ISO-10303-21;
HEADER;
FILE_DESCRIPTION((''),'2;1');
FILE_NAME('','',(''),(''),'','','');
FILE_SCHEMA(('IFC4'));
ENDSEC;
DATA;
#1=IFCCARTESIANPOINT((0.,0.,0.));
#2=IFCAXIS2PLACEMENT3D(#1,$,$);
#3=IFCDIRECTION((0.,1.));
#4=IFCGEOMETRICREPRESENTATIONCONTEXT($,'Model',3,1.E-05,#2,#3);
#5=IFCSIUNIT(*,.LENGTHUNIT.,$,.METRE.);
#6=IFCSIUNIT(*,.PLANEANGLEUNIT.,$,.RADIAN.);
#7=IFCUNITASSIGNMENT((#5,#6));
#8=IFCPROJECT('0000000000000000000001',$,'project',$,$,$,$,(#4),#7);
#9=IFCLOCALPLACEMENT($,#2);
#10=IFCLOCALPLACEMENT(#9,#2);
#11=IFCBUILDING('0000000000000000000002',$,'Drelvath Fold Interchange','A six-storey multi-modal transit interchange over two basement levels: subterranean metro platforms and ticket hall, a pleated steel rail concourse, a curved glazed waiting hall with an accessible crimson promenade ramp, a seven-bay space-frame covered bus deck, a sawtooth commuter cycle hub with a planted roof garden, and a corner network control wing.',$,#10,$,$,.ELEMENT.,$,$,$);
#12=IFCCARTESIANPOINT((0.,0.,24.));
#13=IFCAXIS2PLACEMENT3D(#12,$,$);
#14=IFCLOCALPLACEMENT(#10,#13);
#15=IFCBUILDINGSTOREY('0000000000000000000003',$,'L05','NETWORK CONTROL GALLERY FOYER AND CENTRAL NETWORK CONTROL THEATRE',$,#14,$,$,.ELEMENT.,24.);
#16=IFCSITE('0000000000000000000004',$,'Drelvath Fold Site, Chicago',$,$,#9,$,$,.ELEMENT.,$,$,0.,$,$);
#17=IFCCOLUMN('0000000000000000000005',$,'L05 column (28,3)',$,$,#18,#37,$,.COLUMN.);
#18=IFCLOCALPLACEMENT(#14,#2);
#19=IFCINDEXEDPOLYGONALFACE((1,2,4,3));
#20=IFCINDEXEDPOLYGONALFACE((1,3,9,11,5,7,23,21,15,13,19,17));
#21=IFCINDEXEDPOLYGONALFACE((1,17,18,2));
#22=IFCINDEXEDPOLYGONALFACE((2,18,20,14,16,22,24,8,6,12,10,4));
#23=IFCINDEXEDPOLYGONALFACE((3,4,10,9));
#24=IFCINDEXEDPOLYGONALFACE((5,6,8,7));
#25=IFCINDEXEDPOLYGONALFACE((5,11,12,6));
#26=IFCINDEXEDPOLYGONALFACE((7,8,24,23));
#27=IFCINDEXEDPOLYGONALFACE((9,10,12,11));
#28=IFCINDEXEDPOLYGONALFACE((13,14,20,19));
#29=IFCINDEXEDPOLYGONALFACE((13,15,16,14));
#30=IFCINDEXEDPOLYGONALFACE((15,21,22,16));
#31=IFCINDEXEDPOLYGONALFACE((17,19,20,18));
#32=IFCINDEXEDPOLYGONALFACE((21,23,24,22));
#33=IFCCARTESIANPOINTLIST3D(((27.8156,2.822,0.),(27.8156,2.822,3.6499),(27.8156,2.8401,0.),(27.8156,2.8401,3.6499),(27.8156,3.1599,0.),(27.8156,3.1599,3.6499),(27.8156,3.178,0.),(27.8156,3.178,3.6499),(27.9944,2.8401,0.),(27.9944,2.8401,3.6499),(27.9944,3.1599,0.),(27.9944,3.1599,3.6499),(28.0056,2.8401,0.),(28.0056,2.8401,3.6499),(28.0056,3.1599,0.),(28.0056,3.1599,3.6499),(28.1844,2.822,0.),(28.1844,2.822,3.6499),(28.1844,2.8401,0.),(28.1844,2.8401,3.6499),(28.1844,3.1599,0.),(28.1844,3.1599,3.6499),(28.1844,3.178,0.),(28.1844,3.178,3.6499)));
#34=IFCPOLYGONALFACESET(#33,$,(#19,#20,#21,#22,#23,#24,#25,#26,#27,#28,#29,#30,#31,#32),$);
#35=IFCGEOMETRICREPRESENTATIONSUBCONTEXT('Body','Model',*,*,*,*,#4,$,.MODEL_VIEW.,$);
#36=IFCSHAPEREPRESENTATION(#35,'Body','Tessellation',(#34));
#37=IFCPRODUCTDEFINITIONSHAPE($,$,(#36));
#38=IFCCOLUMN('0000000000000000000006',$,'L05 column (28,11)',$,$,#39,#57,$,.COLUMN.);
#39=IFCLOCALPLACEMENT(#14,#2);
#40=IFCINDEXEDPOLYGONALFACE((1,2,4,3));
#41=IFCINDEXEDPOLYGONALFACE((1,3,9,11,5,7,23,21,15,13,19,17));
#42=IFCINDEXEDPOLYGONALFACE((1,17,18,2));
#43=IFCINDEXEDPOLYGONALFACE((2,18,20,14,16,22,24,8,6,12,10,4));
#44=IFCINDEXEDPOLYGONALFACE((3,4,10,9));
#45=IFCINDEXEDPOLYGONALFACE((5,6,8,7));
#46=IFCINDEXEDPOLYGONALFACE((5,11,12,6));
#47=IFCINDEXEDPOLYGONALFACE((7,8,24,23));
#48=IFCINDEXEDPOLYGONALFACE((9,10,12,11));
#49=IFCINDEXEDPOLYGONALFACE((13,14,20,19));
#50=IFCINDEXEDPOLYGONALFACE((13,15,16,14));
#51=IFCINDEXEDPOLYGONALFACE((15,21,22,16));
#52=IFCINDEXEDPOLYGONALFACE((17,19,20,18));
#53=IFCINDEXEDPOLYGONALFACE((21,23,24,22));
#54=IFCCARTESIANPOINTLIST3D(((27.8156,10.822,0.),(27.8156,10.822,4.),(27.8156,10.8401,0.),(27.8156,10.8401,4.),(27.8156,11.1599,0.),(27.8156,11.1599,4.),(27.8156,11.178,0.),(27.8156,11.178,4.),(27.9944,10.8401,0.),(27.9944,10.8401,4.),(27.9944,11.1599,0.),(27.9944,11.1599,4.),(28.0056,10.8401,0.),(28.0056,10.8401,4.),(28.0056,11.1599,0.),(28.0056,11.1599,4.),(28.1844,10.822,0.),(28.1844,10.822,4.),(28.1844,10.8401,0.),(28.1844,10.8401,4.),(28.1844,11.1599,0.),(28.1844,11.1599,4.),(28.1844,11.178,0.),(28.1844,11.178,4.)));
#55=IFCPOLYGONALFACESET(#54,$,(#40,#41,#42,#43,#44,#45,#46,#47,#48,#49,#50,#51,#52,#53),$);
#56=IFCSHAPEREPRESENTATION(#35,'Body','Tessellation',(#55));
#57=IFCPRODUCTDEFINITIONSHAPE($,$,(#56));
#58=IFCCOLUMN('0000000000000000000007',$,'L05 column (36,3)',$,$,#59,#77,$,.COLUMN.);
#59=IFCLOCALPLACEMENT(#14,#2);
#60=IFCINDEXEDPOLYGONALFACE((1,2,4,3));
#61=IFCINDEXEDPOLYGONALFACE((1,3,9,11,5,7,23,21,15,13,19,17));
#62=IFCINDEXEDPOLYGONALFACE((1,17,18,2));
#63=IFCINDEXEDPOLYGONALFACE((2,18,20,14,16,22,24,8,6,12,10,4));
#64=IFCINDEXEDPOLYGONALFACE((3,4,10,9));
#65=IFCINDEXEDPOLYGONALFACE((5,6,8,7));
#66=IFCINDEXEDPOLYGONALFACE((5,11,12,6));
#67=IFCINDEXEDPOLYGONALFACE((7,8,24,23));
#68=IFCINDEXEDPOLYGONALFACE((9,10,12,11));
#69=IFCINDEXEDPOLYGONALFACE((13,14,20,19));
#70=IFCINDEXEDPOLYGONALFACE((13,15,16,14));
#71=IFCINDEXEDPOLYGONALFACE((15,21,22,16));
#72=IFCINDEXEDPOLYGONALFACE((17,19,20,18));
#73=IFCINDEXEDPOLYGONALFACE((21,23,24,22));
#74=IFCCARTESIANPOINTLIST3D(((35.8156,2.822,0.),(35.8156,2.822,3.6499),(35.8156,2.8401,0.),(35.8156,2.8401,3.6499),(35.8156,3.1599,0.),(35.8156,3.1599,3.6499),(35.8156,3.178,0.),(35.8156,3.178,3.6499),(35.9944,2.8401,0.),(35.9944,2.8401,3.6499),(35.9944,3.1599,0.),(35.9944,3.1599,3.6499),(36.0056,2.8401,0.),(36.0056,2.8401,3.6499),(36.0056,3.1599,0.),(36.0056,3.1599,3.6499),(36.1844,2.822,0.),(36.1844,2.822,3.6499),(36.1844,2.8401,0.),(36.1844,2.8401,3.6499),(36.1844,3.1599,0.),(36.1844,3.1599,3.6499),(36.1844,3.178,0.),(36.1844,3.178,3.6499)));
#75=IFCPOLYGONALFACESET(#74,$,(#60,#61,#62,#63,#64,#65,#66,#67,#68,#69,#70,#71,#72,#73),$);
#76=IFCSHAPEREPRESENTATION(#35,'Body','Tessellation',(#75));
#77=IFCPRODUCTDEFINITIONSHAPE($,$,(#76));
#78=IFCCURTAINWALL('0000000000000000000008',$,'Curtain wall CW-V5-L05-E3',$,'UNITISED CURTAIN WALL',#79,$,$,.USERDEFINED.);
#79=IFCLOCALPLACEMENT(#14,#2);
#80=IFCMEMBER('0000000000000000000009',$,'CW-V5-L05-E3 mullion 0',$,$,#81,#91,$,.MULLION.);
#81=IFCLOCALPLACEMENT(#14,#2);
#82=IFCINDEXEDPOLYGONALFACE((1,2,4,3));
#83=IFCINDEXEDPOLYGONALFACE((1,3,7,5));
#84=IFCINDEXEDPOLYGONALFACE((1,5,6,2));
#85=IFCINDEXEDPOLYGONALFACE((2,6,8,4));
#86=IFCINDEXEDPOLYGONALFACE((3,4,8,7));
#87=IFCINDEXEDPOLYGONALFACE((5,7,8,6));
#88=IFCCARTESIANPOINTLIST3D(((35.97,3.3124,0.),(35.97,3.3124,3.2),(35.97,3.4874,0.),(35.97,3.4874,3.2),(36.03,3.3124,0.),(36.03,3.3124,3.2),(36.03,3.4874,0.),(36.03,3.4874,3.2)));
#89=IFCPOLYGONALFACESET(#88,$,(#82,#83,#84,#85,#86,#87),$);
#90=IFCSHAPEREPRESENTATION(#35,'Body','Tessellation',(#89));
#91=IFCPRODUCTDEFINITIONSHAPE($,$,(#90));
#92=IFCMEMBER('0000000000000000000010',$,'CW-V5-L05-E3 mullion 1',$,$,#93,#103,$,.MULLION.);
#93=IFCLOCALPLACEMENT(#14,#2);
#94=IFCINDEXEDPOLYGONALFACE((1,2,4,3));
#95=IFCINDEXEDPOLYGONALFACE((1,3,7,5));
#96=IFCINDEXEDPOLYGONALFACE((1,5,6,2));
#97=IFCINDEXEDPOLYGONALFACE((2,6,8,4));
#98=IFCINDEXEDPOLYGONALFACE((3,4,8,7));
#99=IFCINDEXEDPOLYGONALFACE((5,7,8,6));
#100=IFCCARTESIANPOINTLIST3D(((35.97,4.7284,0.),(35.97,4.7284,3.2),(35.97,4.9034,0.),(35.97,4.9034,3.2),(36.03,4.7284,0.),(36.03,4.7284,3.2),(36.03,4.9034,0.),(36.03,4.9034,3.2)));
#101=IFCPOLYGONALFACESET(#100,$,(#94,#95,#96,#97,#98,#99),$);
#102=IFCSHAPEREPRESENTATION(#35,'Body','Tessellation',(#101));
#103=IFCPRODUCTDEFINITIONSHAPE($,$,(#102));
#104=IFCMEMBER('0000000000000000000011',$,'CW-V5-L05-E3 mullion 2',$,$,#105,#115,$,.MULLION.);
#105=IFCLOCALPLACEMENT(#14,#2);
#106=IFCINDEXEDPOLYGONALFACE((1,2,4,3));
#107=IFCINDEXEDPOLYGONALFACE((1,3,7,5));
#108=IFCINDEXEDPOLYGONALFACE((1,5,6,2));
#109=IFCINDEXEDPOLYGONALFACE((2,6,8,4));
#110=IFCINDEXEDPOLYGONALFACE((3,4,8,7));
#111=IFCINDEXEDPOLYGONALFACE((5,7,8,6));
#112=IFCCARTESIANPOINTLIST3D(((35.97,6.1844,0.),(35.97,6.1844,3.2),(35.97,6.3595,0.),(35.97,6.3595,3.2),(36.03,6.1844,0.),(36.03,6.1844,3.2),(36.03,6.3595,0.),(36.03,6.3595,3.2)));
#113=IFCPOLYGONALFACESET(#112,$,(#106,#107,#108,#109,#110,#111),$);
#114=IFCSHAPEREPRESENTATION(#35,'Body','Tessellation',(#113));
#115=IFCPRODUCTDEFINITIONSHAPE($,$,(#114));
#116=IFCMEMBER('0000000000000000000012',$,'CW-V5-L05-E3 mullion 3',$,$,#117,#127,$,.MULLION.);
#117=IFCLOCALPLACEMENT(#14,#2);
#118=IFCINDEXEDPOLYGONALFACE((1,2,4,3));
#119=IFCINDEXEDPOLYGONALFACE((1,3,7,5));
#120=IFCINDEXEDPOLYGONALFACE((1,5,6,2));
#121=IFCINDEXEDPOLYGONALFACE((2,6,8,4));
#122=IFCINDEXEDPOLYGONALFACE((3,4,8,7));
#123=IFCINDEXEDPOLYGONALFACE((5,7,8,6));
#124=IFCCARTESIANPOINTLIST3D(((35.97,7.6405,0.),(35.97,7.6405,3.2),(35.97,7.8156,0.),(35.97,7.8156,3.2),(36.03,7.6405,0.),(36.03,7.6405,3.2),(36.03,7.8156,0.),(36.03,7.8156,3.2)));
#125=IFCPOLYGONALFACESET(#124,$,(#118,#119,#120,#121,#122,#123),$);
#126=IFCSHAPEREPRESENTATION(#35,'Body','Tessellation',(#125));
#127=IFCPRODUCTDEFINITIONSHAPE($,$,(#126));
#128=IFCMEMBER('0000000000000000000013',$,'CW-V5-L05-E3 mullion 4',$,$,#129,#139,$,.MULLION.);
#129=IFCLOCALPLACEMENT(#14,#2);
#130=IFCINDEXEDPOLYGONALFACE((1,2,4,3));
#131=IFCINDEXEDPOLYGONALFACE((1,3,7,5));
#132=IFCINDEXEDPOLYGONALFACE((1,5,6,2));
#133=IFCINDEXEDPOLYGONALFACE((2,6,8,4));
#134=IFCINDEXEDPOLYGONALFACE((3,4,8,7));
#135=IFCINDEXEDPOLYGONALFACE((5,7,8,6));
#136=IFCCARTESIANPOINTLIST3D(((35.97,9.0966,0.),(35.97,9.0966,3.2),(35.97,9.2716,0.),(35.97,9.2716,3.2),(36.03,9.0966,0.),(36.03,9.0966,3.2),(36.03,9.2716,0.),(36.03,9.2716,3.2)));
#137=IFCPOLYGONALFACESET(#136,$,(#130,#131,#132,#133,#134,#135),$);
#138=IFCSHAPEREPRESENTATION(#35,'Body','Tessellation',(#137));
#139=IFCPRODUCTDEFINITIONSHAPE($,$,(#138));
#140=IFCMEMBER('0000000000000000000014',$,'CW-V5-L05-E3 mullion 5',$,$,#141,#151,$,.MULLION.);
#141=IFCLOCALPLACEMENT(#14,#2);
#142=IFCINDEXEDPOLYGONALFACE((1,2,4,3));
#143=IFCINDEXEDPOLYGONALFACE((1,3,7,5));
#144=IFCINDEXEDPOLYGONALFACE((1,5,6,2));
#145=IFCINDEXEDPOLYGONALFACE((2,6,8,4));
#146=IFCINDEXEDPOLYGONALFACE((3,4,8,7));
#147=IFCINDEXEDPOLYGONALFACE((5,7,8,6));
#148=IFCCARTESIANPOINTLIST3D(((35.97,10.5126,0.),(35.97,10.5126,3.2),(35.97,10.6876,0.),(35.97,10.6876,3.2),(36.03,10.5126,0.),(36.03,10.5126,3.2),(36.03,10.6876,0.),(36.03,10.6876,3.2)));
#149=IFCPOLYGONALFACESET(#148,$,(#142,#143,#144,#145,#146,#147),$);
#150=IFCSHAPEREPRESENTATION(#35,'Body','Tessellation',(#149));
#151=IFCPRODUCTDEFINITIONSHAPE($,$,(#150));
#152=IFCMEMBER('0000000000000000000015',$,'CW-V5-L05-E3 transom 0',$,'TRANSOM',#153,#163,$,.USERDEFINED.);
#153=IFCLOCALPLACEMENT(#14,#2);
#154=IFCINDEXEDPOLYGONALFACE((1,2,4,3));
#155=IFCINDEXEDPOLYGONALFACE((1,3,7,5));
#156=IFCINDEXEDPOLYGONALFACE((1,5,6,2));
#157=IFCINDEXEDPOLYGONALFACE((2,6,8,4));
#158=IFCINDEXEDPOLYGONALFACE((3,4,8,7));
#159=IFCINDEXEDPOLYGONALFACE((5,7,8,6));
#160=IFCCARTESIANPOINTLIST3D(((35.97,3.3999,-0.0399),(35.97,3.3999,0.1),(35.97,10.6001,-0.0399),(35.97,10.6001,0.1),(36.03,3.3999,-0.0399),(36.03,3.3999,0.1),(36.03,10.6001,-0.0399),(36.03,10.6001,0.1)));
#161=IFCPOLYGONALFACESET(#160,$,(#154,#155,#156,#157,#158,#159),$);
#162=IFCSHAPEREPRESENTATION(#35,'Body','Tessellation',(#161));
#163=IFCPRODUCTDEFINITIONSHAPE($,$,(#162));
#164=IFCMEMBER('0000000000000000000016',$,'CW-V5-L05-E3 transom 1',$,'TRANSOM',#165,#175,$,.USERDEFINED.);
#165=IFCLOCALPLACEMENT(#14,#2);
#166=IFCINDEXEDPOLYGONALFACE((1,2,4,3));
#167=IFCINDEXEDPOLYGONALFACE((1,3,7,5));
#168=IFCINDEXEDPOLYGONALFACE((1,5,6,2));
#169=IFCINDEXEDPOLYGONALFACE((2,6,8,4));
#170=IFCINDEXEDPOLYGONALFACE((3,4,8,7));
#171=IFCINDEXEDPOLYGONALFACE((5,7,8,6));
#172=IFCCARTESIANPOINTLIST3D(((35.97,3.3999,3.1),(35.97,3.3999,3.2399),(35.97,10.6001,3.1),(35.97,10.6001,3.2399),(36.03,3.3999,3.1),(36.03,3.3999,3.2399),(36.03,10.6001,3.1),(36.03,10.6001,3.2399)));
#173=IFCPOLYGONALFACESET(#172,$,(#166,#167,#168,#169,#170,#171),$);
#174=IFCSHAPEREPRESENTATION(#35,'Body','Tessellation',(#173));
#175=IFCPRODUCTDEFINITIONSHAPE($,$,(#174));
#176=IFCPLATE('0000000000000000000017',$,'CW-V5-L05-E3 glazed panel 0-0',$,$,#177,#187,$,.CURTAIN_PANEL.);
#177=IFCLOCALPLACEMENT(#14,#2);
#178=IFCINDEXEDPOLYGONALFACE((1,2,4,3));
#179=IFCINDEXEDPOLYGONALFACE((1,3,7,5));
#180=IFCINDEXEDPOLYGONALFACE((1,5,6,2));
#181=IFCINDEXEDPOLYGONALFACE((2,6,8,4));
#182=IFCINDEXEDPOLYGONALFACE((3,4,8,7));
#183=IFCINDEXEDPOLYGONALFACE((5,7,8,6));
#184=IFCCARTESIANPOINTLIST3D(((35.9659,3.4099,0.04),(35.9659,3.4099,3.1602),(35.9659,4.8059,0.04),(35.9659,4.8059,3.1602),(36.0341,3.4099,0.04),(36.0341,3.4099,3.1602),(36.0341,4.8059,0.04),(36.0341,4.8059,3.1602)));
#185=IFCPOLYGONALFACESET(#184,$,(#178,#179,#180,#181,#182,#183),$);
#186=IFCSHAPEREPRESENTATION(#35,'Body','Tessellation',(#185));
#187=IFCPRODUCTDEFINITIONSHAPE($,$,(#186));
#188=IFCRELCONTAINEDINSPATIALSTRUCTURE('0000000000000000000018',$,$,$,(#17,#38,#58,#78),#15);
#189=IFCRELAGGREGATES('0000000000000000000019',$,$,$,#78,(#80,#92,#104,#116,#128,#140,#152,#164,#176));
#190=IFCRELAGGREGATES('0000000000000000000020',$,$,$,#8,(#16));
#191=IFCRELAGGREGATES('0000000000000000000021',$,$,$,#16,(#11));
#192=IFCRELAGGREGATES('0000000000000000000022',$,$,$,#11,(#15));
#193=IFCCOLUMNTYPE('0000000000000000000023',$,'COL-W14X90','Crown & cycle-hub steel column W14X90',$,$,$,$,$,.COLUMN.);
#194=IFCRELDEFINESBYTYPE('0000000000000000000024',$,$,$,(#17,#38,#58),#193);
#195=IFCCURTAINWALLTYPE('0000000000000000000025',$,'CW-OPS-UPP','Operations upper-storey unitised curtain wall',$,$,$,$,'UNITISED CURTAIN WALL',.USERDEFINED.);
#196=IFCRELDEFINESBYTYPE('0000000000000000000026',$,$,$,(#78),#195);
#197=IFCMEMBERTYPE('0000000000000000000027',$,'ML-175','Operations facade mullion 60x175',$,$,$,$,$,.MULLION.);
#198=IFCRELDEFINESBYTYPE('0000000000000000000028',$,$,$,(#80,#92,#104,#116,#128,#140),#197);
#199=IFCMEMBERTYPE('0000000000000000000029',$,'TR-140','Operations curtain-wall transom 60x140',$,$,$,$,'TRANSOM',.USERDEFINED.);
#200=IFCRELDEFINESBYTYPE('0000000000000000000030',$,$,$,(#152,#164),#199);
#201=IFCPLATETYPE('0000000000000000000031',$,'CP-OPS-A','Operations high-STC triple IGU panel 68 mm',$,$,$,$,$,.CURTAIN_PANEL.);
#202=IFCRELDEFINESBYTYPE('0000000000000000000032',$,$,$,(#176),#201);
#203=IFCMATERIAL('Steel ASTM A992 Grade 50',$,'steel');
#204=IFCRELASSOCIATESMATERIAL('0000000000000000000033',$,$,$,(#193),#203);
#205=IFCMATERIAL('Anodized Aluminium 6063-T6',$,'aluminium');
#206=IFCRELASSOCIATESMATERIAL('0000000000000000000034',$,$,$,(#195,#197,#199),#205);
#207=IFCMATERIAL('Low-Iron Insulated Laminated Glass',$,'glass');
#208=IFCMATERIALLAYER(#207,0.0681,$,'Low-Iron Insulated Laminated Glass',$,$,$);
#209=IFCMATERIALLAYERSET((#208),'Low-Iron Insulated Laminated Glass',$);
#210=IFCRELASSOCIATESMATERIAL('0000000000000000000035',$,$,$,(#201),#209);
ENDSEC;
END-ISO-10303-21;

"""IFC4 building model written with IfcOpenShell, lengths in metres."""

from ifc_helpers import new_model, si_unit, direction, frame, origin, origin_2d, place, context, subcontext, project, spatial, rectangle, i_section, extrude, material, layer, layer_set, material_profile, profile_set, type_object, element, aggregate, save


model = new_model("IFC4")

# Units and contexts
model_context = context("Model", 3, precision=1e-05, world=origin(), true_north=direction((0.0, 1.0)))
body_context = subcontext(model_context, "Body", "Model", "MODEL_VIEW")
ifc_project = project(units=[si_unit("LENGTHUNIT", "METRE"), si_unit("PLANEANGLEUNIT", "RADIAN")], contexts=[model_context])

# Site, building, storey
site_placement = place(None, origin())
site = spatial("IfcSite", under=ifc_project, at=site_placement, Name="Drelvath Fold Site, Chicago", CompositionType="ELEMENT", RefElevation=0.0)
building_placement = place(site_placement, origin())
building = spatial("IfcBuilding", under=site, at=building_placement, Name="Drelvath Fold Interchange", Description="A six-storey multi-modal transit interchange over two basement levels: subterranean metro platforms and ticket hall, a pleated steel rail concourse, a curved glazed waiting hall with an accessible crimson promenade ramp, a seven-bay space-frame covered bus deck, a sawtooth commuter cycle hub with a planted roof garden, and a corner network control wing.", CompositionType="ELEMENT")
storey_placement = place(building_placement, frame((0.0, 0.0, 24.0)))
storey = spatial("IfcBuildingStorey", under=building, at=storey_placement, Name="L05", Description="NETWORK CONTROL GALLERY FOYER AND CENTRAL NETWORK CONTROL THEATRE", CompositionType="ELEMENT", Elevation=24.0)

# Columns
ifc_material_1 = material(Name="Steel ASTM A992 Grade 50", Category="steel")
ifc_material_profile_1 = material_profile(ifc_material_1, i_section(OverallWidth=0.3689, OverallDepth=0.356, WebThickness=0.0112, FlangeThickness=0.0181, at=origin_2d()), Name="W14X90")
ifc_profile_set_1 = profile_set([ifc_material_profile_1], Name="Steel ASTM A992 Grade 50")
column_type = type_object("IfcColumnType", Name="COL-W14X90", Description="Crown & cycle-hub steel column W14X90", PredefinedType="COLUMN", material=ifc_profile_set_1)
column_1_placement = place(storey_placement, frame((28.0, 3.0, 0.0), z_axis=(0.0, 0.0, 1.0), x_axis=(1.0, 0.0, 0.0)))
element("IfcColumn", 1, at=column_1_placement, inside=storey, type_object=column_type, Name="L05 column (28,3)", PredefinedType="COLUMN", context=body_context, shape_type="SweptSolid", body=[
    extrude(i_section(OverallWidth=0.3689, OverallDepth=0.356, WebThickness=0.0112, FlangeThickness=0.0181, at=origin_2d()), origin(), (0.0, 0.0, 1.0), 3.6499),
])
column_2_placement = place(storey_placement, frame((28.0, 11.0, 0.0), z_axis=(0.0, 0.0, 1.0), x_axis=(1.0, 0.0, 0.0)))
element("IfcColumn", 2, at=column_2_placement, inside=storey, type_object=column_type, Name="L05 column (28,11)", PredefinedType="COLUMN", context=body_context, shape_type="SweptSolid", body=[
    extrude(i_section(OverallWidth=0.3689, OverallDepth=0.356, WebThickness=0.0112, FlangeThickness=0.0181, at=origin_2d()), origin(), (0.0, 0.0, 1.0), 4.0),
])
column_3_placement = place(storey_placement, frame((36.0, 3.0, 0.0), z_axis=(0.0, 0.0, 1.0), x_axis=(1.0, 0.0, 0.0)))
element("IfcColumn", 3, at=column_3_placement, inside=storey, type_object=column_type, Name="L05 column (36,3)", PredefinedType="COLUMN", context=body_context, shape_type="SweptSolid", body=[
    extrude(i_section(OverallWidth=0.3689, OverallDepth=0.356, WebThickness=0.0112, FlangeThickness=0.0181, at=origin_2d()), origin(), (0.0, 0.0, 1.0), 3.6499),
])

# Curtain wall, members, plate
ifc_material_2 = material(Name="Anodized Aluminium 6063-T6", Category="aluminium")
curtain_wall_type = type_object("IfcCurtainWallType", Name="CW-OPS-UPP", Description="Operations upper-storey unitised curtain wall", ElementType="UNITISED CURTAIN WALL", PredefinedType="USERDEFINED", material=ifc_material_2)
curtain_wall_placement = place(storey_placement, origin())
curtain_wall = element("IfcCurtainWall", 4, at=curtain_wall_placement, inside=storey, type_object=curtain_wall_type, Name="Curtain wall CW-V5-L05-E3", ObjectType="UNITISED CURTAIN WALL", PredefinedType="USERDEFINED")
ifc_material_profile_2 = material_profile(ifc_material_2, rectangle(XDim=0.0601, YDim=0.175, at=origin_2d()), Name="AL-M 60x175")
ifc_profile_set_2 = profile_set([ifc_material_profile_2], Name="Anodized Aluminium 6063-T6")
member_type_1 = type_object("IfcMemberType", Name="ML-175", Description="Operations facade mullion 60x175", PredefinedType="MULLION", material=ifc_profile_set_2)
member_1_placement = place(storey_placement, frame((36.0, 3.3999, 0.0), z_axis=(0.0, 0.0, 1.0), x_axis=(1.0, 0.0, 0.0)))
member_1 = element("IfcMember", 5, at=member_1_placement, type_object=member_type_1, Name="CW-V5-L05-E3 mullion 0", PredefinedType="MULLION", context=body_context, shape_type="SweptSolid", body=[
    extrude(rectangle(XDim=0.0601, YDim=0.175, at=origin_2d()), origin(), (0.0, 0.0, 1.0), 3.2),
])
member_2_placement = place(storey_placement, frame((36.0, 4.8159, 0.0), z_axis=(0.0, 0.0, 1.0), x_axis=(1.0, 0.0, 0.0)))
member_2 = element("IfcMember", 6, at=member_2_placement, type_object=member_type_1, Name="CW-V5-L05-E3 mullion 1", PredefinedType="MULLION", context=body_context, shape_type="SweptSolid", body=[
    extrude(rectangle(XDim=0.0601, YDim=0.175, at=origin_2d()), origin(), (0.0, 0.0, 1.0), 3.2),
])
member_3_placement = place(storey_placement, frame((36.0, 6.272, 0.0), z_axis=(0.0, 0.0, 1.0), x_axis=(1.0, 0.0, 0.0)))
member_3 = element("IfcMember", 7, at=member_3_placement, type_object=member_type_1, Name="CW-V5-L05-E3 mullion 2", PredefinedType="MULLION", context=body_context, shape_type="SweptSolid", body=[
    extrude(rectangle(XDim=0.0601, YDim=0.175, at=origin_2d()), origin(), (0.0, 0.0, 1.0), 3.2),
])
member_4_placement = place(storey_placement, frame((36.0, 7.728, 0.0), z_axis=(0.0, 0.0, 1.0), x_axis=(1.0, 0.0, 0.0)))
member_4 = element("IfcMember", 8, at=member_4_placement, type_object=member_type_1, Name="CW-V5-L05-E3 mullion 3", PredefinedType="MULLION", context=body_context, shape_type="SweptSolid", body=[
    extrude(rectangle(XDim=0.0601, YDim=0.175, at=origin_2d()), origin(), (0.0, 0.0, 1.0), 3.2),
])
member_5_placement = place(storey_placement, frame((36.0, 9.1841, 0.0), z_axis=(0.0, 0.0, 1.0), x_axis=(1.0, 0.0, 0.0)))
member_5 = element("IfcMember", 9, at=member_5_placement, type_object=member_type_1, Name="CW-V5-L05-E3 mullion 4", PredefinedType="MULLION", context=body_context, shape_type="SweptSolid", body=[
    extrude(rectangle(XDim=0.0601, YDim=0.175, at=origin_2d()), origin(), (0.0, 0.0, 1.0), 3.2),
])
member_6_placement = place(storey_placement, frame((36.0, 10.6001, 0.0), z_axis=(0.0, 0.0, 1.0), x_axis=(1.0, 0.0, 0.0)))
member_6 = element("IfcMember", 10, at=member_6_placement, type_object=member_type_1, Name="CW-V5-L05-E3 mullion 5", PredefinedType="MULLION", context=body_context, shape_type="SweptSolid", body=[
    extrude(rectangle(XDim=0.0601, YDim=0.175, at=origin_2d()), origin(), (0.0, 0.0, 1.0), 3.2),
])
ifc_material_profile_3 = material_profile(ifc_material_2, rectangle(XDim=0.0601, YDim=0.1399, at=origin_2d()), Name="AL-T 60x140")
ifc_profile_set_3 = profile_set([ifc_material_profile_3], Name="Anodized Aluminium 6063-T6")
member_type_2 = type_object("IfcMemberType", Name="TR-140", Description="Operations curtain-wall transom 60x140", ElementType="TRANSOM", PredefinedType="USERDEFINED", material=ifc_profile_set_3)
member_7_placement = place(storey_placement, frame((36.0, 3.3999, 0.03), z_axis=(0.0, 1.0, 0.0), x_axis=(-1.0, 0.0, 0.0)))
member_7 = element("IfcMember", 11, at=member_7_placement, type_object=member_type_2, Name="CW-V5-L05-E3 transom 0", ObjectType="TRANSOM", PredefinedType="USERDEFINED", context=body_context, shape_type="SweptSolid", body=[
    extrude(rectangle(XDim=0.0601, YDim=0.1399, at=origin_2d()), origin(), (0.0, 0.0, 1.0), 7.2002),
])
member_8_placement = place(storey_placement, frame((36.0, 3.3999, 3.1699), z_axis=(0.0, 1.0, 0.0), x_axis=(-1.0, 0.0, 0.0)))
member_8 = element("IfcMember", 12, at=member_8_placement, type_object=member_type_2, Name="CW-V5-L05-E3 transom 1", ObjectType="TRANSOM", PredefinedType="USERDEFINED", context=body_context, shape_type="SweptSolid", body=[
    extrude(rectangle(XDim=0.0601, YDim=0.1399, at=origin_2d()), origin(), (0.0, 0.0, 1.0), 7.2002),
])
ifc_material_3 = material(Name="Low-Iron Insulated Laminated Glass", Category="glass")
ifc_layer_1 = layer(ifc_material_3, 0.0681, Name="Low-Iron Insulated Laminated Glass")
ifc_layer_set_1 = layer_set([ifc_layer_1], Name="Low-Iron Insulated Laminated Glass")
plate_type = type_object("IfcPlateType", Name="CP-OPS-A", Description="Operations high-STC triple IGU panel 68 mm", PredefinedType="CURTAIN_PANEL", material=ifc_layer_set_1)
plate_1_placement = place(storey_placement, frame((36.0, 4.1079, 0.04), z_axis=(0.0, 0.0, 1.0), x_axis=(0.0, 1.0, 0.0)))
plate_1 = element("IfcPlate", 13, at=plate_1_placement, type_object=plate_type, Name="CW-V5-L05-E3 glazed panel 0-0", PredefinedType="CURTAIN_PANEL", context=body_context, shape_type="SweptSolid", body=[
    extrude(rectangle(XDim=1.396, YDim=0.0681, at=origin_2d()), origin(), (0.0, 0.0, 1.0), 3.1201),
])
aggregate(curtain_wall, [member_1, member_2, member_3, member_4, member_5, member_6, member_7, member_8, plate_1])

save(model, "model.ifc")
